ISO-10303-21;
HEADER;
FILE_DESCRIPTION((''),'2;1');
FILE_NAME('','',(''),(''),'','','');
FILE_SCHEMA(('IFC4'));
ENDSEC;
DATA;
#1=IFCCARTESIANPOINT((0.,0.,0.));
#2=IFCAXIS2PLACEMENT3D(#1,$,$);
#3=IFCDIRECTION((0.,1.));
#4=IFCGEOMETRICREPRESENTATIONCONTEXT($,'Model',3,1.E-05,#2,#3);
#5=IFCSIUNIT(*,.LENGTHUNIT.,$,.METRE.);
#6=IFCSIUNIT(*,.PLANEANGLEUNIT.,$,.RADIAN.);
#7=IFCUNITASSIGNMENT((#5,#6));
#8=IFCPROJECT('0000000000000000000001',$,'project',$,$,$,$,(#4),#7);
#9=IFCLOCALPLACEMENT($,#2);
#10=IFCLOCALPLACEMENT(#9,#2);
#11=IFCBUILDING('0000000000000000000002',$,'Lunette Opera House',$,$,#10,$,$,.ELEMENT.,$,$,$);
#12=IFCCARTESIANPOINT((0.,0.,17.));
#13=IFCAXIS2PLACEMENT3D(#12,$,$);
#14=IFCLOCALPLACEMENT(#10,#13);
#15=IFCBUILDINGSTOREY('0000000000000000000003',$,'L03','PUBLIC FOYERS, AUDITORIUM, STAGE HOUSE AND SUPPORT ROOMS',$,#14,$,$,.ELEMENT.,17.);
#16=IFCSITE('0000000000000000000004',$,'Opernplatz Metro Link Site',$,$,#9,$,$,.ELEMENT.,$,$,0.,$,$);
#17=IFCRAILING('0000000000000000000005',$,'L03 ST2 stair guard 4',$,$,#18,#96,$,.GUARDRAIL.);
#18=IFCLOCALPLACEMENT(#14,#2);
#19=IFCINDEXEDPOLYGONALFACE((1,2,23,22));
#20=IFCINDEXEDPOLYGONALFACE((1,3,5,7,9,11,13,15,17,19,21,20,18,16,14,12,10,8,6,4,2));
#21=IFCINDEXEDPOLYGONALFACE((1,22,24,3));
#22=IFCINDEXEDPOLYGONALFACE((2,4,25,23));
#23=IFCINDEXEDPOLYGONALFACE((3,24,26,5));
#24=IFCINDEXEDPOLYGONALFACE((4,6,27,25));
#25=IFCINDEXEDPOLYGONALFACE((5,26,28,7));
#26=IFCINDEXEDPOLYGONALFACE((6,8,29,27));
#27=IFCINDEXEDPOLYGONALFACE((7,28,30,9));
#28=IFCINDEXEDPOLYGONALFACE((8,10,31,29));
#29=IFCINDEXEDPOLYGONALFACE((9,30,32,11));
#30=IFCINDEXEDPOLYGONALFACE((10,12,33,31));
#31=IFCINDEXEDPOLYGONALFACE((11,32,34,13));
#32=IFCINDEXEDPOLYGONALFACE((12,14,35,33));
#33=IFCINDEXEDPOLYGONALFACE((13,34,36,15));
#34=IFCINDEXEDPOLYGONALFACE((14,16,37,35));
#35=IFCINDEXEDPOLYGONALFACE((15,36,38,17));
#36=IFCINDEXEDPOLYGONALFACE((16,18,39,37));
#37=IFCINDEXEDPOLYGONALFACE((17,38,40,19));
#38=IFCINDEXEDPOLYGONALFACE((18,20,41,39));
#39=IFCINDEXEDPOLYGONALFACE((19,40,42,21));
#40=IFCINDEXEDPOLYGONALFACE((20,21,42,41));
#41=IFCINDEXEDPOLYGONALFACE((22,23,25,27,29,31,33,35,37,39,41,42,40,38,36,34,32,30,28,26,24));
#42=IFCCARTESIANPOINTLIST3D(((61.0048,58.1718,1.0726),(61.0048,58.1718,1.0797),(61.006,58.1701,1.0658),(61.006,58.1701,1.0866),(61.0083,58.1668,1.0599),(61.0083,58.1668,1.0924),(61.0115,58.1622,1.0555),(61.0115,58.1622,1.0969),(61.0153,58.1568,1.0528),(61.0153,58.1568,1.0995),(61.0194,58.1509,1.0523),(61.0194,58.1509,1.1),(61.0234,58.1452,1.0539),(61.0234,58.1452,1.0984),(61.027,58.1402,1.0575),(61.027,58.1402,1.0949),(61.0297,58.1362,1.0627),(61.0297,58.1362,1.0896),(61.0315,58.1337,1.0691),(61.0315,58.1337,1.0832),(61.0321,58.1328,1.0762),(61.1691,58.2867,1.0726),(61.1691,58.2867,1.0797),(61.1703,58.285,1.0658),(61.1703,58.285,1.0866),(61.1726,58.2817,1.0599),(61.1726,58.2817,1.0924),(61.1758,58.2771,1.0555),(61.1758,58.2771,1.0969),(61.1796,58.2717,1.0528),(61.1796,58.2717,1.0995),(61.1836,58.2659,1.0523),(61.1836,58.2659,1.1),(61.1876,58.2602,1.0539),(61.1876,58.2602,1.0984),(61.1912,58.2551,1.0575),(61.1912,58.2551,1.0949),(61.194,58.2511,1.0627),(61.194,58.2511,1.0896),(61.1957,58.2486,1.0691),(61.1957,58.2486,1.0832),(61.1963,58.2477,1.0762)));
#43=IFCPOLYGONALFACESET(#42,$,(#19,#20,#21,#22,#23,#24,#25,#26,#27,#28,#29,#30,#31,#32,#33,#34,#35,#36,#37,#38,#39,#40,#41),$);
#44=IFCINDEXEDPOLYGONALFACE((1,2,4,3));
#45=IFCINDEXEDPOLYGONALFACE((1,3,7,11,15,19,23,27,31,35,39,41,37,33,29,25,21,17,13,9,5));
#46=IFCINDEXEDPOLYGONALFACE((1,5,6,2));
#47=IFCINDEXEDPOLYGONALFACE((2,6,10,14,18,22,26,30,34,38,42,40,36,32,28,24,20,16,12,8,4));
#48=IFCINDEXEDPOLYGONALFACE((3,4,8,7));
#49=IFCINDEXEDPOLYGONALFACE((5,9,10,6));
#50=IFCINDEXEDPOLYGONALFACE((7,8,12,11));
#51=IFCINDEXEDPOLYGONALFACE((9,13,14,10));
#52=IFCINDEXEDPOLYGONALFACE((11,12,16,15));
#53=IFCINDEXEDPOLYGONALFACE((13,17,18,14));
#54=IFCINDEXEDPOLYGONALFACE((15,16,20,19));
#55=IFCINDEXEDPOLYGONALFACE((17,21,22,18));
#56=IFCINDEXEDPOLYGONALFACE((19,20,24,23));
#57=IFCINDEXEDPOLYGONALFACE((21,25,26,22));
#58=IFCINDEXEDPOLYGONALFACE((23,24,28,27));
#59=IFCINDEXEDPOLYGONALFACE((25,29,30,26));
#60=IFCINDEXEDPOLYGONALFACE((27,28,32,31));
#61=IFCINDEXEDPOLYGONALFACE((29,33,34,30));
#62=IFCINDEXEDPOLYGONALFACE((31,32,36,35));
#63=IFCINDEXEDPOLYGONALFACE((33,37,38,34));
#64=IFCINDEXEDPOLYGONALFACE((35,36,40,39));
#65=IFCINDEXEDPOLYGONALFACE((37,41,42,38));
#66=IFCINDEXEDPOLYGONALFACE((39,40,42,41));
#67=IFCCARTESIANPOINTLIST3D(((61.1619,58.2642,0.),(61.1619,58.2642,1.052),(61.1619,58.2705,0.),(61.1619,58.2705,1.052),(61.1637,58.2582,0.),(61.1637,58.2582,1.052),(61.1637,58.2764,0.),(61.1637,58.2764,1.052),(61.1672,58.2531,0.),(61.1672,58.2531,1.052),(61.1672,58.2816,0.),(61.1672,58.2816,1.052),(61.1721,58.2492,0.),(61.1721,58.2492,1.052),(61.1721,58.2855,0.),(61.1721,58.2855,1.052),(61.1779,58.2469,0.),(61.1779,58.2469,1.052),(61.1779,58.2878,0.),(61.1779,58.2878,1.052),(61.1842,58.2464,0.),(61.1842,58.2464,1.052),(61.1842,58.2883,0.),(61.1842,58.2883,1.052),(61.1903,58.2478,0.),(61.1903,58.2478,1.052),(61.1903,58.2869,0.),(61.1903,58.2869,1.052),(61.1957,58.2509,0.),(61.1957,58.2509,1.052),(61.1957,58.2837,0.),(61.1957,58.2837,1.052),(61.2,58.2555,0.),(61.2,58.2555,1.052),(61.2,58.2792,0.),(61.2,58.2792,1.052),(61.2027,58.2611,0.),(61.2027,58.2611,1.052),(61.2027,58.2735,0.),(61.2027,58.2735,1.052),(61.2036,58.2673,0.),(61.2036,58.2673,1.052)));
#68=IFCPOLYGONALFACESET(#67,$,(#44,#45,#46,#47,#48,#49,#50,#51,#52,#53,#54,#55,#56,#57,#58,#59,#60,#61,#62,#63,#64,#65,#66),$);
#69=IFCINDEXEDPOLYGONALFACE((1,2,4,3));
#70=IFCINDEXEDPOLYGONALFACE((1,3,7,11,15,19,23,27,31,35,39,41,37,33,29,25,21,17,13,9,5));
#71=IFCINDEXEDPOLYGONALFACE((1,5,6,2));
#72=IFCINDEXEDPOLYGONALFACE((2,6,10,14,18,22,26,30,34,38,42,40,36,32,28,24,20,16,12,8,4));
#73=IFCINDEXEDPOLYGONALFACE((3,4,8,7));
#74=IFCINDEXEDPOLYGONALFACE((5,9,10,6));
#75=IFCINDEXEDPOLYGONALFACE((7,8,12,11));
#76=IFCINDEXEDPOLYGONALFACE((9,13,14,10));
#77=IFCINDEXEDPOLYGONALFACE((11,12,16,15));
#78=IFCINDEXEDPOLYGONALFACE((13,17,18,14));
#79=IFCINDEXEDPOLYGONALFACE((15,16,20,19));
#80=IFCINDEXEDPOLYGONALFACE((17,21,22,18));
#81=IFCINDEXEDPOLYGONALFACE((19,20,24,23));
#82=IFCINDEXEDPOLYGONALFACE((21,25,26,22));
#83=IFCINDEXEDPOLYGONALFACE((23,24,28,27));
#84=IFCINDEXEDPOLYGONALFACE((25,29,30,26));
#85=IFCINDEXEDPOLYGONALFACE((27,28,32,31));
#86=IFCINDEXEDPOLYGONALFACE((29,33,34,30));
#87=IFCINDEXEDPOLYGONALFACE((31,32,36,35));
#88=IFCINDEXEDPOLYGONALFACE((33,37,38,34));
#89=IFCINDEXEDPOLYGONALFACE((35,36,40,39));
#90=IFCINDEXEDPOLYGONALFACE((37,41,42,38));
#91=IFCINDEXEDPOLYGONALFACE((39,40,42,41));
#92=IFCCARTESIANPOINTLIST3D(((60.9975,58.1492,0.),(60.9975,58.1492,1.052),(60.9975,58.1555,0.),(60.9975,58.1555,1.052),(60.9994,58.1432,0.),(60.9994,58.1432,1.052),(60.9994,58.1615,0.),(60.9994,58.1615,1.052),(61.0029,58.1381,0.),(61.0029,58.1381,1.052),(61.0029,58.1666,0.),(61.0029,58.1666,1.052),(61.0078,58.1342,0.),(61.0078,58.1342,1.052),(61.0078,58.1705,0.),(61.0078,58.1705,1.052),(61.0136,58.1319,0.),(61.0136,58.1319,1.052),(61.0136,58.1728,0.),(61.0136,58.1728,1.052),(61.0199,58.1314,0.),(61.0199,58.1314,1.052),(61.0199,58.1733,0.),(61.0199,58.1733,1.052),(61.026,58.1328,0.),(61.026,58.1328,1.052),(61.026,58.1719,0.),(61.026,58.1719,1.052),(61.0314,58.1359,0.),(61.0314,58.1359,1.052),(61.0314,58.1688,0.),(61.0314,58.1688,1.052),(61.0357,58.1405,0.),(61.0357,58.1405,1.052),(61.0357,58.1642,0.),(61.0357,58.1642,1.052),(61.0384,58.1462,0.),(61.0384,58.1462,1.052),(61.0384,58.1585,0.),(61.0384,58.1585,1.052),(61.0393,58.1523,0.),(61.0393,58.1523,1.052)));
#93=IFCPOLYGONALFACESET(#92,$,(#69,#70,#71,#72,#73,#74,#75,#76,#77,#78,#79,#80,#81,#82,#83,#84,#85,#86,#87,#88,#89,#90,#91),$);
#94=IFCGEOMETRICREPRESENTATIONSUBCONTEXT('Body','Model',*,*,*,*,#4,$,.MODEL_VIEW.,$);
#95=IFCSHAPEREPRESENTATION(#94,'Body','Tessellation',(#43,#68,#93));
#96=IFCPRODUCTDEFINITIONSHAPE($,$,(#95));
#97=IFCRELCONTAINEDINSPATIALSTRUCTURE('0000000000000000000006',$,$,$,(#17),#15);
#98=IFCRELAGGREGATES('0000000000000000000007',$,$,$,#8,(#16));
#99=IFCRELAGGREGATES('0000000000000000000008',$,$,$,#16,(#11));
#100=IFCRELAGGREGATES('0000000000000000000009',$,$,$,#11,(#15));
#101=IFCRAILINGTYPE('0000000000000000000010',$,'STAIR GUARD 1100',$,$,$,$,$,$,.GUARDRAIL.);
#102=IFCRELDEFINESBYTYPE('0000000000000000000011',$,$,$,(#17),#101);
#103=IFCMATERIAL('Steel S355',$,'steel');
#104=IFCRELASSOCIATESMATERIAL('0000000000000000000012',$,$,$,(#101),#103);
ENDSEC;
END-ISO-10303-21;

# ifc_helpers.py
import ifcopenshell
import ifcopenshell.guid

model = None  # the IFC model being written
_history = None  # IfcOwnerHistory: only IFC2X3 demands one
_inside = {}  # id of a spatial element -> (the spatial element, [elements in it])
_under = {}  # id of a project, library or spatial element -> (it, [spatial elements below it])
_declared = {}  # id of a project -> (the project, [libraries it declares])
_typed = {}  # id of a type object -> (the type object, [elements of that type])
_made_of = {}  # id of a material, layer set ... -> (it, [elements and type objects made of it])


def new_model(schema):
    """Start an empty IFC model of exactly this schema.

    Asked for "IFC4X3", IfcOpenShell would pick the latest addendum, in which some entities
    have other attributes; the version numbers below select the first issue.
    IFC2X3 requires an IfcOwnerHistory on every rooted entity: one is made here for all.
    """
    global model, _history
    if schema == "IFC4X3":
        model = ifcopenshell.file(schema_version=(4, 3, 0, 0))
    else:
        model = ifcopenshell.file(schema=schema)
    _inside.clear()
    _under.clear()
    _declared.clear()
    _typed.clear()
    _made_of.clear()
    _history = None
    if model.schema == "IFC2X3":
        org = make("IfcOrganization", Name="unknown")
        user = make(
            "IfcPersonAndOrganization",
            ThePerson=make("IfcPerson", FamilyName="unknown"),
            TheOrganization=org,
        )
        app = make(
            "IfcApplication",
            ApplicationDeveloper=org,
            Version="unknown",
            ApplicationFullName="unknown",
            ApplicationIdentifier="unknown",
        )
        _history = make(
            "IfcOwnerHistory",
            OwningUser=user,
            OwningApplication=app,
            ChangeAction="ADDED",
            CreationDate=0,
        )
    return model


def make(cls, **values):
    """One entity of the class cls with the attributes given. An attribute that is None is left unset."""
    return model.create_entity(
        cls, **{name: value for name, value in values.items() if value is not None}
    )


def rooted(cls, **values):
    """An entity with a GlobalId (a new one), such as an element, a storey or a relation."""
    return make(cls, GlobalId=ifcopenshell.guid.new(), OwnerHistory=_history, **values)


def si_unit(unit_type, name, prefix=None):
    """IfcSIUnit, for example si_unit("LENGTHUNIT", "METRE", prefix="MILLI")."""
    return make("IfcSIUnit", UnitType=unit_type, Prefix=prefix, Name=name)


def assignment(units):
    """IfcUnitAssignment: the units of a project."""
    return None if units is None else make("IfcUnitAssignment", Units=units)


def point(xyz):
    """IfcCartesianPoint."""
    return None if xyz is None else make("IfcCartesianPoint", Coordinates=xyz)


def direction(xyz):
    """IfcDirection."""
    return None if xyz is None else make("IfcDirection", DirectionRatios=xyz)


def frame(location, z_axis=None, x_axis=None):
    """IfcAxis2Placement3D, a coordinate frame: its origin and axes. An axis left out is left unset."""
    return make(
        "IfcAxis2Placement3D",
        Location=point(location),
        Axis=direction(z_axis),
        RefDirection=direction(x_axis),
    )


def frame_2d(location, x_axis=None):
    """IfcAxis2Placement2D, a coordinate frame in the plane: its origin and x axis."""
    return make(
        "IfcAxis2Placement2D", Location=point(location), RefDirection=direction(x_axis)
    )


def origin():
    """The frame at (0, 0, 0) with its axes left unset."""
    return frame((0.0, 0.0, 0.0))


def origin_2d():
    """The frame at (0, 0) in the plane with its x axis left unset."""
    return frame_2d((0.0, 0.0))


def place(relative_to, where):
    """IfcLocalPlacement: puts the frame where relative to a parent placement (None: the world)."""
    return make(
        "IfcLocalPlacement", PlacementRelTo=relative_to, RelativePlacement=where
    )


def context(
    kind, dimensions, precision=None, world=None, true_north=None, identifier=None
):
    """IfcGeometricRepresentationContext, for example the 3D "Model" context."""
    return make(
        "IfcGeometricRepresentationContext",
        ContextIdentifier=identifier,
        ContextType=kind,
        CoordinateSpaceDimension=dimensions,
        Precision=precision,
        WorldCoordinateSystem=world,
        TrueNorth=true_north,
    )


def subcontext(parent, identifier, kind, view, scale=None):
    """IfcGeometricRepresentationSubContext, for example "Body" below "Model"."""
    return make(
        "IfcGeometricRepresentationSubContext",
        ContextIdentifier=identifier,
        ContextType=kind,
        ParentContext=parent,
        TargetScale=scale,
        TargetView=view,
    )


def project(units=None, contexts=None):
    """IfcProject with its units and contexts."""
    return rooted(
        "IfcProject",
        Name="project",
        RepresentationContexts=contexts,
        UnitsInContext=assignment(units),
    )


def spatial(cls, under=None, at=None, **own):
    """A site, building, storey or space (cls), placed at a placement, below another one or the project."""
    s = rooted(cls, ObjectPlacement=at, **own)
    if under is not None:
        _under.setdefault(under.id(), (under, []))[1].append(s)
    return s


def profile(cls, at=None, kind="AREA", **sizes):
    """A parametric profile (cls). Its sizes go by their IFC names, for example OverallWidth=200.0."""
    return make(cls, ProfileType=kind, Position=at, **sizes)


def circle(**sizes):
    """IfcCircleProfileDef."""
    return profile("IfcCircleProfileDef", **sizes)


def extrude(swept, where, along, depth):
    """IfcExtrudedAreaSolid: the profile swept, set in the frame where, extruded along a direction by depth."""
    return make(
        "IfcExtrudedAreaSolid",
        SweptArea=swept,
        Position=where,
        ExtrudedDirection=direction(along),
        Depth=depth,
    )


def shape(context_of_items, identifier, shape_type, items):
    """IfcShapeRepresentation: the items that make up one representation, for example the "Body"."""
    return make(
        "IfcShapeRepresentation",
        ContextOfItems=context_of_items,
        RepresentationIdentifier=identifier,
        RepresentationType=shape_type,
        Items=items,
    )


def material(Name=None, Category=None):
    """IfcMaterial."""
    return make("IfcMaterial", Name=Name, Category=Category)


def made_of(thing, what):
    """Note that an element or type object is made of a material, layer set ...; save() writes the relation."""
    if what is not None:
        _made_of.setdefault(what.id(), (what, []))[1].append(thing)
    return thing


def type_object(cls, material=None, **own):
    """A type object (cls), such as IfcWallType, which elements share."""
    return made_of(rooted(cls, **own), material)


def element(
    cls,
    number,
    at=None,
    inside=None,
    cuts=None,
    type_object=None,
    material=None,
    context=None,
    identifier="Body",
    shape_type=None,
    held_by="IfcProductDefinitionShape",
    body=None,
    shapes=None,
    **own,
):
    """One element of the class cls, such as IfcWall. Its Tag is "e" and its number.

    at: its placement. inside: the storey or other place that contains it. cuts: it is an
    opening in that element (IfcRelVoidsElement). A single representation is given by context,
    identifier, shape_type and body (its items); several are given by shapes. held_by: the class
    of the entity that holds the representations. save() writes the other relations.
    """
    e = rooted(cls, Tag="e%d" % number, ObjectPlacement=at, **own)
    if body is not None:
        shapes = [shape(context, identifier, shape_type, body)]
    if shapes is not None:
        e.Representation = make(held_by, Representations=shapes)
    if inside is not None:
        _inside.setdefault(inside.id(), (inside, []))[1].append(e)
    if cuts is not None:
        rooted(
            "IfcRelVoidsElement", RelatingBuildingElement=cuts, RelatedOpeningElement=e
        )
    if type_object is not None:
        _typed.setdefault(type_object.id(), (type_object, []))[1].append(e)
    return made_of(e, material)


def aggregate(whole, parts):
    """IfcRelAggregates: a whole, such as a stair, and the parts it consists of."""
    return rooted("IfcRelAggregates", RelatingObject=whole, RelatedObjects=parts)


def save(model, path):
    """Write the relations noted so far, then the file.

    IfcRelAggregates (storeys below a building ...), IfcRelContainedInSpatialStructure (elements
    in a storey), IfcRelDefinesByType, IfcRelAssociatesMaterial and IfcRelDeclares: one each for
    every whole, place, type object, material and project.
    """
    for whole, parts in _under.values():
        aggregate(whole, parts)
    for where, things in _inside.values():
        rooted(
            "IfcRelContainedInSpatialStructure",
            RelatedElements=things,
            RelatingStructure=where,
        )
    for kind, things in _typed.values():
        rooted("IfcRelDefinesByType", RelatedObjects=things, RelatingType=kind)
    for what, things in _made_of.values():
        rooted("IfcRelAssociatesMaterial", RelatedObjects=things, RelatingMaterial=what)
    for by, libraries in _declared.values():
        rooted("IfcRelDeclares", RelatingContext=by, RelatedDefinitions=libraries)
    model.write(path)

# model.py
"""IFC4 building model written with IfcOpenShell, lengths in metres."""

from ifc_helpers import new_model, si_unit, direction, frame, origin, origin_2d, place, context, subcontext, project, spatial, circle, extrude, material, type_object, element, save


model = new_model("IFC4")

# Units and contexts
model_context = context("Model", 3, precision=1e-05, world=origin(), true_north=direction((0.0, 1.0)))
body_context = subcontext(model_context, "Body", "Model", "MODEL_VIEW")
ifc_project = project(units=[si_unit("LENGTHUNIT", "METRE"), si_unit("PLANEANGLEUNIT", "RADIAN")], contexts=[model_context])

# Site, building, storey
site_placement = place(None, origin())
site = spatial("IfcSite", under=ifc_project, at=site_placement, Name="Opernplatz Metro Link Site", CompositionType="ELEMENT", RefElevation=0.0)
building_placement = place(site_placement, origin())
building = spatial("IfcBuilding", under=site, at=building_placement, Name="Lunette Opera House", CompositionType="ELEMENT")
storey_placement = place(building_placement, frame((0.0, 0.0, 17.0)))
storey = spatial("IfcBuildingStorey", under=building, at=storey_placement, Name="L03", Description="PUBLIC FOYERS, AUDITORIUM, STAGE HOUSE AND SUPPORT ROOMS", CompositionType="ELEMENT", Elevation=17.0)

# Railing
ifc_material_1 = material(Name="Steel S355", Category="steel")
railing_type = type_object("IfcRailingType", Name="STAIR GUARD 1100", PredefinedType="GUARDRAIL", material=ifc_material_1)
railing_1_placement = place(storey_placement, frame((61.1826, 58.2673, 0.0)))
element("IfcRailing", 1, at=railing_1_placement, inside=storey, type_object=railing_type, Name="L03 ST2 stair guard 4", PredefinedType="GUARDRAIL", context=body_context, shape_type="SweptSolid", body=[
    extrude(circle(Radius=0.0239, at=origin_2d()), frame((0.0, 0.0, 1.0762), z_axis=(-0.819289, -0.573381, 0.0), x_axis=(0.573381, -0.819289, 0.0)), (0.0, 0.0, 1.0), 0.2004),
    extrude(circle(Radius=0.021, at=origin_2d()), origin(), (0.0, 0.0, 1.0), 1.052),
    extrude(circle(Radius=0.021, at=origin_2d()), frame((-0.1643, -0.115, 0.0)), (0.0, 0.0, 1.0), 1.052),
])

save(model, "model.ifc")
